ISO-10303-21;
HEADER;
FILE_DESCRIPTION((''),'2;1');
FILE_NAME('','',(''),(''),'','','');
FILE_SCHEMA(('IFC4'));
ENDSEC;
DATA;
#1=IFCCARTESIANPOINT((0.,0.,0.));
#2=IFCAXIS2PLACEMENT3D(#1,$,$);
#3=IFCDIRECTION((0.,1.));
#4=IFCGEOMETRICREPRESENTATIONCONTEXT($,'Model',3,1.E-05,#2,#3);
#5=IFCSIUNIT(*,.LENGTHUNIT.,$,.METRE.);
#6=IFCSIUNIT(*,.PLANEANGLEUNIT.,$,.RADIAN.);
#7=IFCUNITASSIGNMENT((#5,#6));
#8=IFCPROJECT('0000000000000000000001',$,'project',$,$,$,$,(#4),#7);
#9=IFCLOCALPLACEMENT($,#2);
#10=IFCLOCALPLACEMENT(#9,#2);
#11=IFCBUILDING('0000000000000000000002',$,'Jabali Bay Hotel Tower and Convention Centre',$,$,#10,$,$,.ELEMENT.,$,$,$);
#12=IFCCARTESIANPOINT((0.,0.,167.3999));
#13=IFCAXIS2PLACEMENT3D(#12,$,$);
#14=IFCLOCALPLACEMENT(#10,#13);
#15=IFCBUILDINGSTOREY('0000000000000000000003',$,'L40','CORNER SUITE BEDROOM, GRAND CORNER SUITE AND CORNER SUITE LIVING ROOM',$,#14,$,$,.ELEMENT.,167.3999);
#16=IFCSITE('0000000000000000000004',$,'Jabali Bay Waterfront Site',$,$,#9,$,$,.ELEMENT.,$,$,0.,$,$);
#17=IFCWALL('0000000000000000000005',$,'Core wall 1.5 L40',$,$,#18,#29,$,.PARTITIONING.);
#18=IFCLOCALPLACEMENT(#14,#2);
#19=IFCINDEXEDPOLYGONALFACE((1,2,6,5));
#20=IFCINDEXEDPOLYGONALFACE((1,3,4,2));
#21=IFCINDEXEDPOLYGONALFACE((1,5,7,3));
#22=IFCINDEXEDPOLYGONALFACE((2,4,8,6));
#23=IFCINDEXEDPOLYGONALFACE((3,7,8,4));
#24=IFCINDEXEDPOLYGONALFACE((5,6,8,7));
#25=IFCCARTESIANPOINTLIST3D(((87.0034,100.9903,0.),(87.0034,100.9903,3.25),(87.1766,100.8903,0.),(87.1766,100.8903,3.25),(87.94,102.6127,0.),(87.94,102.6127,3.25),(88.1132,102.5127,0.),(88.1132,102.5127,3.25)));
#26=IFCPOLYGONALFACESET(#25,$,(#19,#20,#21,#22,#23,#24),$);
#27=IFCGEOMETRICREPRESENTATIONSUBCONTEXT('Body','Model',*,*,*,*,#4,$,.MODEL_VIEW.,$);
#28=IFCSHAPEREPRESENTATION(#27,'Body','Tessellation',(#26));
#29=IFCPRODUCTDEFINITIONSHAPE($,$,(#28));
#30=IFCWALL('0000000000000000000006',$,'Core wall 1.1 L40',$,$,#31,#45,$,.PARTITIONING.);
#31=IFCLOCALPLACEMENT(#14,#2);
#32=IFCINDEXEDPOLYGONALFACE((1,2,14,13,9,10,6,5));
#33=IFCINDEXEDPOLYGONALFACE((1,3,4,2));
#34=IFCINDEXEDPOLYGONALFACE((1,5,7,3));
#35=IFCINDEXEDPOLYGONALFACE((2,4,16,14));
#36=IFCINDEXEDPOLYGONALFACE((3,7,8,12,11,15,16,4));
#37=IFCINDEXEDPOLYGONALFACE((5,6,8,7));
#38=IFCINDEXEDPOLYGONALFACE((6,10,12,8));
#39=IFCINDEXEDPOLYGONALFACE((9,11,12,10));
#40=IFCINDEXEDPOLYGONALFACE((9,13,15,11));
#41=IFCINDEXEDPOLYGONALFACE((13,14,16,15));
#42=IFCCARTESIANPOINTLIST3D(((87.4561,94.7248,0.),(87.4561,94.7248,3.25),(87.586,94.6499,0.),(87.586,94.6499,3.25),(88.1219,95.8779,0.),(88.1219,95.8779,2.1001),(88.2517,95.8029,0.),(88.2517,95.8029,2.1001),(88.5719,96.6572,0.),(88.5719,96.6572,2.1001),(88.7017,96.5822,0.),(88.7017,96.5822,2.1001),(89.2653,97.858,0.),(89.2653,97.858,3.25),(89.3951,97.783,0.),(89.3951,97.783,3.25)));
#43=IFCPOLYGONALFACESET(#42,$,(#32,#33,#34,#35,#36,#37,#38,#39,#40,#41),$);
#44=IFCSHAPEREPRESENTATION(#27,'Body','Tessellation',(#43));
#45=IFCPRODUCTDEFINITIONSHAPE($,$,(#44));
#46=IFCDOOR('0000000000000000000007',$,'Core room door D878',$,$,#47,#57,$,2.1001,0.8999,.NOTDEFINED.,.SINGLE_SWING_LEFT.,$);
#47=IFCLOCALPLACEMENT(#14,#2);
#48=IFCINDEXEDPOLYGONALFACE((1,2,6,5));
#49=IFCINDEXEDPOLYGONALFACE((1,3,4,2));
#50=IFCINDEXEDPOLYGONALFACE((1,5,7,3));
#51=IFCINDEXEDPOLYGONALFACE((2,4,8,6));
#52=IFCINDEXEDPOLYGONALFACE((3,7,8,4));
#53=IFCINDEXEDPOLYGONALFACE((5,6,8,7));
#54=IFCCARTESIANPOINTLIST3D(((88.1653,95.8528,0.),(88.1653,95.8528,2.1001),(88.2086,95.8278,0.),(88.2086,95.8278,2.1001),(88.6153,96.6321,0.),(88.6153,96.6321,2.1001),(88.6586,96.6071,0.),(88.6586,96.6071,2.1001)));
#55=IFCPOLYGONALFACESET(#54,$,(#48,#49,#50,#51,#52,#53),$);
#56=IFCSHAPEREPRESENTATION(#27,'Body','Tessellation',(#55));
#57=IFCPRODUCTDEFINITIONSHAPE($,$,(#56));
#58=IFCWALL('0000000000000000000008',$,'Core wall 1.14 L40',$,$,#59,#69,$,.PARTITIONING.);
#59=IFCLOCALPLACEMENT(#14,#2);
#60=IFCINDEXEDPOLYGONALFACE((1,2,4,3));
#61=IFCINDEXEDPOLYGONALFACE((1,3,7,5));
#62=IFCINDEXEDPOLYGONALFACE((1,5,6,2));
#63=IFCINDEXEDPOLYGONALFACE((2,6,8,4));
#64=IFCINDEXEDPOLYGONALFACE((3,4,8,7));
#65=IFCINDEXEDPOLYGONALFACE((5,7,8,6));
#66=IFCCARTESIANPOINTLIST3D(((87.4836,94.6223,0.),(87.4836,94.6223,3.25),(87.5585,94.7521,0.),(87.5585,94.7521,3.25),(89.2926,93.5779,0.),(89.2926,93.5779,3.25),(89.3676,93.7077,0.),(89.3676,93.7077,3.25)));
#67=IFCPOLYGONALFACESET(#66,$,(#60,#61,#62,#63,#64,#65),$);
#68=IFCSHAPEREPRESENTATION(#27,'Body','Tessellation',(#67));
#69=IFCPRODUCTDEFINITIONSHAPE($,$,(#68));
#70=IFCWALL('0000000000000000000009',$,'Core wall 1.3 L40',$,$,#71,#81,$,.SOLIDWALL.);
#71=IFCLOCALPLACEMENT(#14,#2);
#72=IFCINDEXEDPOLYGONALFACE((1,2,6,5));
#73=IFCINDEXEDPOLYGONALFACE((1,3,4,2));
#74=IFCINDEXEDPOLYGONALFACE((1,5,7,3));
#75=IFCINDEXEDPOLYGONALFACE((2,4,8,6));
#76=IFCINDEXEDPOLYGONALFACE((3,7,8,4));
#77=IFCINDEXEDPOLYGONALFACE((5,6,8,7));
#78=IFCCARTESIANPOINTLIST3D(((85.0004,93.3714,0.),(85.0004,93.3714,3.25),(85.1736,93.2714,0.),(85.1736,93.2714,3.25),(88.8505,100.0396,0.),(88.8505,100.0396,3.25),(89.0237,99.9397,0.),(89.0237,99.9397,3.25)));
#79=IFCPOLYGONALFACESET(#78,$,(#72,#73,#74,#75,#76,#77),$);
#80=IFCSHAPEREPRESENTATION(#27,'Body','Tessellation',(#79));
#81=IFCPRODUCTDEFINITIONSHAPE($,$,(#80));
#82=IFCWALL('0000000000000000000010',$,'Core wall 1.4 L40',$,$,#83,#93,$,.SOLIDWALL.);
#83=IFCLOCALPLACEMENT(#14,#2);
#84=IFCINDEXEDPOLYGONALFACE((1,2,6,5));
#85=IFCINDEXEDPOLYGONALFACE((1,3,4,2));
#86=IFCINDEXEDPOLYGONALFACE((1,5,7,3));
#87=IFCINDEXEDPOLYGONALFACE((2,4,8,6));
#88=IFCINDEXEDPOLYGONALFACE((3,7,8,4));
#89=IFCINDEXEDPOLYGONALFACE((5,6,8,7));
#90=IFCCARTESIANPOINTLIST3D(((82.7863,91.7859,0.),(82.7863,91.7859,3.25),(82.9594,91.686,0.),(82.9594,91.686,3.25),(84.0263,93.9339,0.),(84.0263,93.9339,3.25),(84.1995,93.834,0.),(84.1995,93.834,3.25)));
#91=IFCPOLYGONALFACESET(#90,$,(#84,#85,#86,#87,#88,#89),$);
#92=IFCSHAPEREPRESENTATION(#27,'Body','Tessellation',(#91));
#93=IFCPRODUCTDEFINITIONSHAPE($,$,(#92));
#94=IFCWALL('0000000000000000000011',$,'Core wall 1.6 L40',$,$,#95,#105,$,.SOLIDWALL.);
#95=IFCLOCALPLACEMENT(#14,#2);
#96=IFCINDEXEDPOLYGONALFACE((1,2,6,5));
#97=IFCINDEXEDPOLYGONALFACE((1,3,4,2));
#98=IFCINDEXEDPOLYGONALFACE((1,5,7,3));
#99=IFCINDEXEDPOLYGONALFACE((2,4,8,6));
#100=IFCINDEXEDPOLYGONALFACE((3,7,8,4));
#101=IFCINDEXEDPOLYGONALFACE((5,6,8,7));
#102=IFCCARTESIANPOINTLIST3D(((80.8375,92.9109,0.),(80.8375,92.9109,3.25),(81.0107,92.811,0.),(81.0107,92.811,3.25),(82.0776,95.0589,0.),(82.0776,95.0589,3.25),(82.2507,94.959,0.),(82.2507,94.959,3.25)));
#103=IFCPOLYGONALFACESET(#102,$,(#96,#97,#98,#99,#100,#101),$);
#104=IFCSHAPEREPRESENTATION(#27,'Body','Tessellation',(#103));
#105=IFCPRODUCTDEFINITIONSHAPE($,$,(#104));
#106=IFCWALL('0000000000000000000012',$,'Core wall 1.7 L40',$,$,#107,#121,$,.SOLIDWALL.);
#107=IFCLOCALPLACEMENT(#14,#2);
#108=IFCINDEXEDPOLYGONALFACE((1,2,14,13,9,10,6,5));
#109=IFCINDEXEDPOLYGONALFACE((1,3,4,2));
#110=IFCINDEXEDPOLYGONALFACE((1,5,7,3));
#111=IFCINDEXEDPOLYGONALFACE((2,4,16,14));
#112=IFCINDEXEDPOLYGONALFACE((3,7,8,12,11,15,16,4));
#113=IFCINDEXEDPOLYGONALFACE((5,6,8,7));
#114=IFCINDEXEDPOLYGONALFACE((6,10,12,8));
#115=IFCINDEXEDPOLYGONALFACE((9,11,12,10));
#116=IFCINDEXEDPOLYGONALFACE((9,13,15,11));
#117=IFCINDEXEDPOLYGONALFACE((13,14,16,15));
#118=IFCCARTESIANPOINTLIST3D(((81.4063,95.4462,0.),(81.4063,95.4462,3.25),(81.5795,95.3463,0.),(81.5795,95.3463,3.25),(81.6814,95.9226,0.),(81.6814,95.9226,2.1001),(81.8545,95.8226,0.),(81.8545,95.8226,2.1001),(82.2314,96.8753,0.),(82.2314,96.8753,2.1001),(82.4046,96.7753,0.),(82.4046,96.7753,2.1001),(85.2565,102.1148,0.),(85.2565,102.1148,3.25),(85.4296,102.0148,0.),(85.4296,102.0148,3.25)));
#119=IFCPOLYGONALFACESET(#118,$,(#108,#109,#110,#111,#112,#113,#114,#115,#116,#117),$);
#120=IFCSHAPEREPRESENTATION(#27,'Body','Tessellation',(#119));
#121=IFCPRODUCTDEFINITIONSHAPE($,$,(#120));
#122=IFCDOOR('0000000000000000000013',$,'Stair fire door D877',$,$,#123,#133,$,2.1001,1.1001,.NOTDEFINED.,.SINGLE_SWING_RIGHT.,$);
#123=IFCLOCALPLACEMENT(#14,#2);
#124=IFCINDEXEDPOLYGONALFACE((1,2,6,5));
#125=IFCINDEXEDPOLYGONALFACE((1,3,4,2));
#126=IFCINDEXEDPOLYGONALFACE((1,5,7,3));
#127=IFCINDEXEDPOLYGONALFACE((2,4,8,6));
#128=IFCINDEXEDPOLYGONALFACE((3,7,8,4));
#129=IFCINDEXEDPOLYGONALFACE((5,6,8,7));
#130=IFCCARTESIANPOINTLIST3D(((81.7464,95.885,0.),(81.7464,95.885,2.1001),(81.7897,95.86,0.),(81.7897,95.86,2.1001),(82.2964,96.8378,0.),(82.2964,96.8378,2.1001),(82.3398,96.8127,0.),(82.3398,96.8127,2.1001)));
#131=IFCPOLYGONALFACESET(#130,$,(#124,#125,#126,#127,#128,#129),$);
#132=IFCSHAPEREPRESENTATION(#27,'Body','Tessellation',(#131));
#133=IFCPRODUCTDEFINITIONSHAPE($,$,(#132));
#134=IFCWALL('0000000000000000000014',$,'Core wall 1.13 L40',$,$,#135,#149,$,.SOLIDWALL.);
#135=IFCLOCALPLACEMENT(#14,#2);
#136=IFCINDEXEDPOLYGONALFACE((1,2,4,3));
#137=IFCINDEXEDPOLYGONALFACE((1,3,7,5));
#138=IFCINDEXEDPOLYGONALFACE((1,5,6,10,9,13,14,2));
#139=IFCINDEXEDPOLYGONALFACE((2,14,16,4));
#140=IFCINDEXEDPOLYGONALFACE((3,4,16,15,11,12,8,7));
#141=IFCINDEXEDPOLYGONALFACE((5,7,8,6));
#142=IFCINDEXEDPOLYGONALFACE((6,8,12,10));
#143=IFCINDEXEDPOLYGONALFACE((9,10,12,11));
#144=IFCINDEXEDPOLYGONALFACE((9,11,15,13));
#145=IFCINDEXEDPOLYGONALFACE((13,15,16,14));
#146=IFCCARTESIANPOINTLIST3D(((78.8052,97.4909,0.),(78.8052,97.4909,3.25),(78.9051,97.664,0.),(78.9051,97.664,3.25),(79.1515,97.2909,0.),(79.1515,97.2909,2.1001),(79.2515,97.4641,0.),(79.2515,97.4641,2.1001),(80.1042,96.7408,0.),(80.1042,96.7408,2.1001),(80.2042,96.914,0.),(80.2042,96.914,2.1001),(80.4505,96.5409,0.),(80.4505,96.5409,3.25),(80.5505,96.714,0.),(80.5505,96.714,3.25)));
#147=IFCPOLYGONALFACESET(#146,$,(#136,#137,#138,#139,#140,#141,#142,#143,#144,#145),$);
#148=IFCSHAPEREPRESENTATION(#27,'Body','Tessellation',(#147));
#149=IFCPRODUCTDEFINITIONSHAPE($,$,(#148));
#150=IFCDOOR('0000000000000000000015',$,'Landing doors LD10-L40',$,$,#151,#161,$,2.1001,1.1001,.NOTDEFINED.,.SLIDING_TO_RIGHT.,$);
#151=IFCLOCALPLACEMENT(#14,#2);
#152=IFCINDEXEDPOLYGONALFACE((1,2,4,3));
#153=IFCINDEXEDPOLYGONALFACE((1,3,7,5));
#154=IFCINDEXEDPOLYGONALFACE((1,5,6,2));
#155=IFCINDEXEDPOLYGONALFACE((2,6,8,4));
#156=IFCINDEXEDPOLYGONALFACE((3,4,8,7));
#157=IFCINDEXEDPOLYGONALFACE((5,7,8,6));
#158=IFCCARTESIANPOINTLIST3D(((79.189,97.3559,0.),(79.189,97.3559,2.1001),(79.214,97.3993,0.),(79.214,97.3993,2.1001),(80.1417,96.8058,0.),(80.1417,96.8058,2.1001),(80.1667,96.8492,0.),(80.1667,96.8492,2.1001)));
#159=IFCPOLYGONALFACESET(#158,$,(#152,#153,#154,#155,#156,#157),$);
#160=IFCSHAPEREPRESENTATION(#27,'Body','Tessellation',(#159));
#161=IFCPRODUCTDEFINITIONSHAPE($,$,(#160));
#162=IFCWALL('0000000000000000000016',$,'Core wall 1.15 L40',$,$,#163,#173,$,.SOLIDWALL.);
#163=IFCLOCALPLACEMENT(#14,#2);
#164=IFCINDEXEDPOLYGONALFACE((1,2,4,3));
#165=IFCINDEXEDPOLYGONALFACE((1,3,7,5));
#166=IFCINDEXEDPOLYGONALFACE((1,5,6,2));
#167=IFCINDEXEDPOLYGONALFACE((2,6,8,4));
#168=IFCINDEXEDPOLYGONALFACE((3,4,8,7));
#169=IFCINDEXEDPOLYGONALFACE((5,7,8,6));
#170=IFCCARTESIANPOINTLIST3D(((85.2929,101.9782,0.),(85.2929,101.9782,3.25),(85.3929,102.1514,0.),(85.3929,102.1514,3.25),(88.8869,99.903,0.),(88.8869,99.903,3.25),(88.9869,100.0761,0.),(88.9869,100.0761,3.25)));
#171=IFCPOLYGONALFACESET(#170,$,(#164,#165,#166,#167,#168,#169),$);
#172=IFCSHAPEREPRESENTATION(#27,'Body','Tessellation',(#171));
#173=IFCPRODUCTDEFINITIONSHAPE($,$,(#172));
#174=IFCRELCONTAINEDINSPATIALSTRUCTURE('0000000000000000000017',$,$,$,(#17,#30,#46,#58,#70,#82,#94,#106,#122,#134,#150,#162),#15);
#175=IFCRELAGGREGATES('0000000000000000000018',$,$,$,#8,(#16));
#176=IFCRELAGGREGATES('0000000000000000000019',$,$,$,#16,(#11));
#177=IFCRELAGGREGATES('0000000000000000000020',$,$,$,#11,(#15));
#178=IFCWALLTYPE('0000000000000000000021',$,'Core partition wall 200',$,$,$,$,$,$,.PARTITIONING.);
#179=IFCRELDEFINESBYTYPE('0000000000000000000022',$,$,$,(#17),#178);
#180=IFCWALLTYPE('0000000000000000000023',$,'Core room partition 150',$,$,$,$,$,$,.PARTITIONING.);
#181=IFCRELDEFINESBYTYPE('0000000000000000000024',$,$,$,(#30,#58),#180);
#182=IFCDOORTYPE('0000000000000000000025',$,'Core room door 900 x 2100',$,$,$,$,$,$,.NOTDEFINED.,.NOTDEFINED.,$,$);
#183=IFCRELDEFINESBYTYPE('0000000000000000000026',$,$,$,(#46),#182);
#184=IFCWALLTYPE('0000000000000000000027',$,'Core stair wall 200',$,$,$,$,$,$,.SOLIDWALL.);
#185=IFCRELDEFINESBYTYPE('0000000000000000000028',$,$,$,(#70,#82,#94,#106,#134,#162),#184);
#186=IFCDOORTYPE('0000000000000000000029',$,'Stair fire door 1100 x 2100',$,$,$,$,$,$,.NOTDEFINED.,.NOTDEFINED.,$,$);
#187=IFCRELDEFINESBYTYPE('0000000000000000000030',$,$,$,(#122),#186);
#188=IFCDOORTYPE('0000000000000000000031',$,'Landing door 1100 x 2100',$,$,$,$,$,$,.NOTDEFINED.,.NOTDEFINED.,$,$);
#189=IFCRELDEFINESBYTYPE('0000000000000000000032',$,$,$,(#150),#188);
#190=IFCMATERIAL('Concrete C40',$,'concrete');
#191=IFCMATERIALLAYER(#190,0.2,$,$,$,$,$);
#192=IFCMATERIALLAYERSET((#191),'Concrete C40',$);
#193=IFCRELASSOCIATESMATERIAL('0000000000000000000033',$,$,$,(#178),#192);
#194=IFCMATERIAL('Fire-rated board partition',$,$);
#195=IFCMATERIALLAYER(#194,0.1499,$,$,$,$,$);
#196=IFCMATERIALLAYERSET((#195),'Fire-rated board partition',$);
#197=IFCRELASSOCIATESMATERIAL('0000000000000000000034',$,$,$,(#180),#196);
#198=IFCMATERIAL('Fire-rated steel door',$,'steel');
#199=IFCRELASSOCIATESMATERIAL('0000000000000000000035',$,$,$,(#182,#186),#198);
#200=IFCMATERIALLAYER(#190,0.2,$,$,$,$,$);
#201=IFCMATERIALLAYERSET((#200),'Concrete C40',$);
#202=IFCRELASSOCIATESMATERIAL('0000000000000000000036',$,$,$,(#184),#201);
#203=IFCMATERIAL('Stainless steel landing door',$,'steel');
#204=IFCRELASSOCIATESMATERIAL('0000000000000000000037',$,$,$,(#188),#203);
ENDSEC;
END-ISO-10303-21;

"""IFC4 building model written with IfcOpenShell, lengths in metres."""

from ifc_helpers import new_model, si_unit, direction, frame, frame_2d, origin, place, context, subcontext, project, spatial, rectangle, extrude, material, layer, layer_set, type_object, element, fill, save


model = new_model("IFC4")

# Units and contexts
model_context = context("Model", 3, precision=1e-05, world=origin(), true_north=direction((0.0, 1.0)))
body_context = subcontext(model_context, "Body", "Model", "MODEL_VIEW")
ifc_project = project(units=[si_unit("LENGTHUNIT", "METRE"), si_unit("PLANEANGLEUNIT", "RADIAN")], contexts=[model_context])

# Site, building, storey
site_placement = place(None, origin())
site = spatial("IfcSite", under=ifc_project, at=site_placement, Name="Jabali Bay Waterfront Site", CompositionType="ELEMENT", RefElevation=0.0)
building_placement = place(site_placement, origin())
building = spatial("IfcBuilding", under=site, at=building_placement, Name="Jabali Bay Hotel Tower and Convention Centre", CompositionType="ELEMENT")
storey_placement = place(building_placement, frame((0.0, 0.0, 167.3999)))
storey = spatial("IfcBuildingStorey", under=building, at=storey_placement, Name="L40", Description="CORNER SUITE BEDROOM, GRAND CORNER SUITE AND CORNER SUITE LIVING ROOM", CompositionType="ELEMENT", Elevation=167.3999)

# Wall
ifc_material_1 = material(Name="Concrete C40", Category="concrete")
ifc_layer_1 = layer(ifc_material_1, 0.2)
ifc_layer_set_1 = layer_set([ifc_layer_1], Name="Concrete C40")
wall_type_1 = type_object("IfcWallType", Name="Core partition wall 200", PredefinedType="PARTITIONING", material=ifc_layer_set_1)
wall_1_placement = place(storey_placement, frame((87.0901, 100.9404, 0.0), z_axis=(0.0, 0.0, 1.0), x_axis=(0.499952, 0.866053, 0.0)))
element("IfcWall", 1, at=wall_1_placement, inside=storey, type_object=wall_type_1, Name="Core wall 1.5 L40", PredefinedType="PARTITIONING", context=body_context, shape_type="SweptSolid", body=[
    extrude(rectangle(XDim=1.8733, YDim=0.2, at=frame_2d((0.9365, 0.0))), origin(), (0.0, 0.0, 1.0), 3.25),
])

# Wall, opening, door
ifc_material_2 = material(Name="Fire-rated board partition")
ifc_layer_2 = layer(ifc_material_2, 0.1499)
ifc_layer_set_2 = layer_set([ifc_layer_2], Name="Fire-rated board partition")
wall_type_2 = type_object("IfcWallType", Name="Core room partition 150", PredefinedType="PARTITIONING", material=ifc_layer_set_2)
wall_2_placement = place(storey_placement, frame((87.521, 94.6873, 0.0), z_axis=(0.0, 0.0, 1.0), x_axis=(0.500044, 0.866, 0.0)))
wall_2 = element("IfcWall", 2, at=wall_2_placement, inside=storey, type_object=wall_type_2, Name="Core wall 1.1 L40", PredefinedType="PARTITIONING", context=body_context, shape_type="SweptSolid", body=[
    extrude(rectangle(XDim=3.6179, YDim=0.1499, at=frame_2d((1.8091, 0.0))), origin(), (0.0, 0.0, 1.0), 3.25),
])
opening_1_placement = place(wall_2_placement, frame((1.3315, 0.0, 0.0)))
opening_1 = element("IfcOpeningElement", 3, at=opening_1_placement, cuts=wall_2, PredefinedType="OPENING", context=body_context, shape_type="SweptSolid", body=[
    extrude(rectangle(XDim=0.8999, YDim=2.1001, at=frame_2d((0.45, 1.05))), frame((0.0, 0.0854, 0.0), z_axis=(0.0, -1.0, 0.0), x_axis=(1.0, 0.0, 0.0)), (0.0, 0.0, 1.0), 0.1709),
])
ifc_material_3 = material(Name="Fire-rated steel door", Category="steel")
door_type_1 = type_object("IfcDoorType", Name="Core room door 900 x 2100", OperationType="NOTDEFINED", PredefinedType="NOTDEFINED", material=ifc_material_3)
door_1_placement = place(opening_1_placement, origin())
door_1 = element("IfcDoor", 4, at=door_1_placement, inside=storey, type_object=door_type_1, Name="Core room door D878", OperationType="SINGLE_SWING_LEFT", OverallHeight=2.1001, OverallWidth=0.8999, PredefinedType="NOTDEFINED", context=body_context, shape_type="SweptSolid", body=[
    extrude(rectangle(XDim=0.8999, YDim=2.1001, at=frame_2d((0.45, 1.05))), frame((0.0, 0.0249, 0.0), z_axis=(0.0, -1.0, 0.0), x_axis=(1.0, 0.0, 0.0)), (0.0, 0.0, 1.0), 0.05),
])
fill(opening_1, door_1)

# Walls
wall_3_placement = place(storey_placement, frame((89.3301, 93.6428, 0.0), z_axis=(0.0, 0.0, 1.0), x_axis=(-0.866034, 0.499985, 0.0)))
element("IfcWall", 5, at=wall_3_placement, inside=storey, type_object=wall_type_2, Name="Core wall 1.14 L40", PredefinedType="PARTITIONING", context=body_context, shape_type="SweptSolid", body=[
    extrude(rectangle(XDim=2.0889, YDim=0.1499, at=frame_2d((1.0444, 0.0))), origin(), (0.0, 0.0, 1.0), 3.25),
])
ifc_layer_3 = layer(ifc_material_1, 0.2)
ifc_layer_set_3 = layer_set([ifc_layer_3], Name="Concrete C40")
wall_type_3 = type_object("IfcWallType", Name="Core stair wall 200", PredefinedType="SOLIDWALL", material=ifc_layer_set_3)
wall_4_placement = place(storey_placement, frame((85.0869, 93.3213, 0.0), z_axis=(0.0, 0.0, 1.0), x_axis=(0.50002, 0.866014, 0.0)))
element("IfcWall", 6, at=wall_4_placement, inside=storey, type_object=wall_type_3, Name="Core wall 1.3 L40", PredefinedType="SOLIDWALL", context=body_context, shape_type="SweptSolid", body=[
    extrude(rectangle(XDim=7.7, YDim=0.2, at=frame_2d((3.8501, 0.0))), origin(), (0.0, 0.0, 1.0), 3.25),
])
for number, where, z_axis, x_axis, name in (
    (7, (82.8728, 91.7358, 0.0), (0.0, 0.0, 1.0), (0.499961, 0.866048, 0.0), "Core wall 1.4 L40"),
    (8, (80.9241, 92.8608, 0.0), (0.0, 0.0, 1.0), (0.499961, 0.866048, 0.0), "Core wall 1.6 L40"),
):
    element("IfcWall", number, at=place(storey_placement, frame(where, z_axis=z_axis, x_axis=x_axis)), inside=storey, type_object=wall_type_3, Name=name, PredefinedType="SOLIDWALL", context=body_context, shape_type="SweptSolid", body=[
        extrude(rectangle(XDim=2.4802, YDim=0.2, at=frame_2d((1.2402, 0.0))), origin(), (0.0, 0.0, 1.0), 3.25),
    ])

# Walls, openings, doors
wall_5_placement = place(storey_placement, frame((81.4929, 95.3962, 0.0), z_axis=(0.0, 0.0, 1.0), x_axis=(0.500006, 0.866022, 0.0)))
wall_5 = element("IfcWall", 9, at=wall_5_placement, inside=storey, type_object=wall_type_3, Name="Core wall 1.7 L40", PredefinedType="SOLIDWALL", context=body_context, shape_type="SweptSolid", body=[
    extrude(rectangle(XDim=7.7002, YDim=0.2, at=frame_2d((3.8501, 0.0))), origin(), (0.0, 0.0, 1.0), 3.25),
])
opening_2_placement = place(wall_5_placement, frame((0.55, 0.0, 0.0)))
opening_2 = element("IfcOpeningElement", 10, at=opening_2_placement, cuts=wall_5, PredefinedType="OPENING", context=body_context, shape_type="SweptSolid", body=[
    extrude(rectangle(XDim=1.1001, YDim=2.1001, at=frame_2d((0.55, 1.05))), frame((0.0, 0.1104, 0.0), z_axis=(0.0, -1.0, 0.0), x_axis=(1.0, 0.0, 0.0)), (0.0, 0.0, 1.0), 0.2209),
])
door_type_2 = type_object("IfcDoorType", Name="Stair fire door 1100 x 2100", OperationType="NOTDEFINED", PredefinedType="NOTDEFINED", material=ifc_material_3)
door_2_placement = place(opening_2_placement, origin())
door_2 = element("IfcDoor", 11, at=door_2_placement, inside=storey, type_object=door_type_2, Name="Stair fire door D877", OperationType="SINGLE_SWING_RIGHT", OverallHeight=2.1001, OverallWidth=1.1001, PredefinedType="NOTDEFINED", context=body_context, shape_type="SweptSolid", body=[
    extrude(rectangle(XDim=1.1001, YDim=2.1001, at=frame_2d((0.55, 1.05))), frame((0.0, 0.0249, 0.0), z_axis=(0.0, -1.0, 0.0), x_axis=(1.0, 0.0, 0.0)), (0.0, 0.0, 1.0), 0.05),
])
fill(opening_2, door_2)
wall_6_placement = place(storey_placement, frame((80.5005, 96.6274, 0.0), z_axis=(0.0, 0.0, 1.0), x_axis=(-0.866012, 0.500023, 0.0)))
wall_6 = element("IfcWall", 12, at=wall_6_placement, inside=storey, type_object=wall_type_3, Name="Core wall 1.13 L40", PredefinedType="SOLIDWALL", context=body_context, shape_type="SweptSolid", body=[
    extrude(rectangle(XDim=1.8999, YDim=0.2, at=frame_2d((0.95, 0.0))), origin(), (0.0, 0.0, 1.0), 3.25),
])
opening_3_placement = place(wall_6_placement, frame((0.3999, 0.0, 0.0)))
opening_3 = element("IfcOpeningElement", 13, at=opening_3_placement, cuts=wall_6, PredefinedType="OPENING", context=body_context, shape_type="SweptSolid", body=[
    extrude(rectangle(XDim=1.1001, YDim=2.1001, at=frame_2d((0.55, 1.05))), frame((0.0, 0.1104, 0.0), z_axis=(0.0, -1.0, 0.0), x_axis=(1.0, 0.0, 0.0)), (0.0, 0.0, 1.0), 0.2209),
])
ifc_material_4 = material(Name="Stainless steel landing door", Category="steel")
door_type_3 = type_object("IfcDoorType", Name="Landing door 1100 x 2100", OperationType="NOTDEFINED", PredefinedType="NOTDEFINED", material=ifc_material_4)
door_3_placement = place(opening_3_placement, origin())
door_3 = element("IfcDoor", 14, at=door_3_placement, inside=storey, type_object=door_type_3, Name="Landing doors LD10-L40", OperationType="SLIDING_TO_RIGHT", OverallHeight=2.1001, OverallWidth=1.1001, PredefinedType="NOTDEFINED", context=body_context, shape_type="SweptSolid", body=[
    extrude(rectangle(XDim=1.1001, YDim=2.1001, at=frame_2d((0.55, 1.05))), frame((0.0, 0.0249, 0.0), z_axis=(0.0, -1.0, 0.0), x_axis=(1.0, 0.0, 0.0)), (0.0, 0.0, 1.0), 0.05),
])
fill(opening_3, door_3)

# Wall
wall_7_placement = place(storey_placement, frame((88.937, 99.9895, 0.0), z_axis=(0.0, 0.0, 1.0), x_axis=(-0.866004, 0.500036, 0.0)))
element("IfcWall", 15, at=wall_7_placement, inside=storey, type_object=wall_type_3, Name="Core wall 1.15 L40", PredefinedType="SOLIDWALL", context=body_context, shape_type="SweptSolid", body=[
    extrude(rectangle(XDim=4.1501, YDim=0.2, at=frame_2d((2.0752, 0.0))), origin(), (0.0, 0.0, 1.0), 3.25),
])

save(model, "model.ifc")
